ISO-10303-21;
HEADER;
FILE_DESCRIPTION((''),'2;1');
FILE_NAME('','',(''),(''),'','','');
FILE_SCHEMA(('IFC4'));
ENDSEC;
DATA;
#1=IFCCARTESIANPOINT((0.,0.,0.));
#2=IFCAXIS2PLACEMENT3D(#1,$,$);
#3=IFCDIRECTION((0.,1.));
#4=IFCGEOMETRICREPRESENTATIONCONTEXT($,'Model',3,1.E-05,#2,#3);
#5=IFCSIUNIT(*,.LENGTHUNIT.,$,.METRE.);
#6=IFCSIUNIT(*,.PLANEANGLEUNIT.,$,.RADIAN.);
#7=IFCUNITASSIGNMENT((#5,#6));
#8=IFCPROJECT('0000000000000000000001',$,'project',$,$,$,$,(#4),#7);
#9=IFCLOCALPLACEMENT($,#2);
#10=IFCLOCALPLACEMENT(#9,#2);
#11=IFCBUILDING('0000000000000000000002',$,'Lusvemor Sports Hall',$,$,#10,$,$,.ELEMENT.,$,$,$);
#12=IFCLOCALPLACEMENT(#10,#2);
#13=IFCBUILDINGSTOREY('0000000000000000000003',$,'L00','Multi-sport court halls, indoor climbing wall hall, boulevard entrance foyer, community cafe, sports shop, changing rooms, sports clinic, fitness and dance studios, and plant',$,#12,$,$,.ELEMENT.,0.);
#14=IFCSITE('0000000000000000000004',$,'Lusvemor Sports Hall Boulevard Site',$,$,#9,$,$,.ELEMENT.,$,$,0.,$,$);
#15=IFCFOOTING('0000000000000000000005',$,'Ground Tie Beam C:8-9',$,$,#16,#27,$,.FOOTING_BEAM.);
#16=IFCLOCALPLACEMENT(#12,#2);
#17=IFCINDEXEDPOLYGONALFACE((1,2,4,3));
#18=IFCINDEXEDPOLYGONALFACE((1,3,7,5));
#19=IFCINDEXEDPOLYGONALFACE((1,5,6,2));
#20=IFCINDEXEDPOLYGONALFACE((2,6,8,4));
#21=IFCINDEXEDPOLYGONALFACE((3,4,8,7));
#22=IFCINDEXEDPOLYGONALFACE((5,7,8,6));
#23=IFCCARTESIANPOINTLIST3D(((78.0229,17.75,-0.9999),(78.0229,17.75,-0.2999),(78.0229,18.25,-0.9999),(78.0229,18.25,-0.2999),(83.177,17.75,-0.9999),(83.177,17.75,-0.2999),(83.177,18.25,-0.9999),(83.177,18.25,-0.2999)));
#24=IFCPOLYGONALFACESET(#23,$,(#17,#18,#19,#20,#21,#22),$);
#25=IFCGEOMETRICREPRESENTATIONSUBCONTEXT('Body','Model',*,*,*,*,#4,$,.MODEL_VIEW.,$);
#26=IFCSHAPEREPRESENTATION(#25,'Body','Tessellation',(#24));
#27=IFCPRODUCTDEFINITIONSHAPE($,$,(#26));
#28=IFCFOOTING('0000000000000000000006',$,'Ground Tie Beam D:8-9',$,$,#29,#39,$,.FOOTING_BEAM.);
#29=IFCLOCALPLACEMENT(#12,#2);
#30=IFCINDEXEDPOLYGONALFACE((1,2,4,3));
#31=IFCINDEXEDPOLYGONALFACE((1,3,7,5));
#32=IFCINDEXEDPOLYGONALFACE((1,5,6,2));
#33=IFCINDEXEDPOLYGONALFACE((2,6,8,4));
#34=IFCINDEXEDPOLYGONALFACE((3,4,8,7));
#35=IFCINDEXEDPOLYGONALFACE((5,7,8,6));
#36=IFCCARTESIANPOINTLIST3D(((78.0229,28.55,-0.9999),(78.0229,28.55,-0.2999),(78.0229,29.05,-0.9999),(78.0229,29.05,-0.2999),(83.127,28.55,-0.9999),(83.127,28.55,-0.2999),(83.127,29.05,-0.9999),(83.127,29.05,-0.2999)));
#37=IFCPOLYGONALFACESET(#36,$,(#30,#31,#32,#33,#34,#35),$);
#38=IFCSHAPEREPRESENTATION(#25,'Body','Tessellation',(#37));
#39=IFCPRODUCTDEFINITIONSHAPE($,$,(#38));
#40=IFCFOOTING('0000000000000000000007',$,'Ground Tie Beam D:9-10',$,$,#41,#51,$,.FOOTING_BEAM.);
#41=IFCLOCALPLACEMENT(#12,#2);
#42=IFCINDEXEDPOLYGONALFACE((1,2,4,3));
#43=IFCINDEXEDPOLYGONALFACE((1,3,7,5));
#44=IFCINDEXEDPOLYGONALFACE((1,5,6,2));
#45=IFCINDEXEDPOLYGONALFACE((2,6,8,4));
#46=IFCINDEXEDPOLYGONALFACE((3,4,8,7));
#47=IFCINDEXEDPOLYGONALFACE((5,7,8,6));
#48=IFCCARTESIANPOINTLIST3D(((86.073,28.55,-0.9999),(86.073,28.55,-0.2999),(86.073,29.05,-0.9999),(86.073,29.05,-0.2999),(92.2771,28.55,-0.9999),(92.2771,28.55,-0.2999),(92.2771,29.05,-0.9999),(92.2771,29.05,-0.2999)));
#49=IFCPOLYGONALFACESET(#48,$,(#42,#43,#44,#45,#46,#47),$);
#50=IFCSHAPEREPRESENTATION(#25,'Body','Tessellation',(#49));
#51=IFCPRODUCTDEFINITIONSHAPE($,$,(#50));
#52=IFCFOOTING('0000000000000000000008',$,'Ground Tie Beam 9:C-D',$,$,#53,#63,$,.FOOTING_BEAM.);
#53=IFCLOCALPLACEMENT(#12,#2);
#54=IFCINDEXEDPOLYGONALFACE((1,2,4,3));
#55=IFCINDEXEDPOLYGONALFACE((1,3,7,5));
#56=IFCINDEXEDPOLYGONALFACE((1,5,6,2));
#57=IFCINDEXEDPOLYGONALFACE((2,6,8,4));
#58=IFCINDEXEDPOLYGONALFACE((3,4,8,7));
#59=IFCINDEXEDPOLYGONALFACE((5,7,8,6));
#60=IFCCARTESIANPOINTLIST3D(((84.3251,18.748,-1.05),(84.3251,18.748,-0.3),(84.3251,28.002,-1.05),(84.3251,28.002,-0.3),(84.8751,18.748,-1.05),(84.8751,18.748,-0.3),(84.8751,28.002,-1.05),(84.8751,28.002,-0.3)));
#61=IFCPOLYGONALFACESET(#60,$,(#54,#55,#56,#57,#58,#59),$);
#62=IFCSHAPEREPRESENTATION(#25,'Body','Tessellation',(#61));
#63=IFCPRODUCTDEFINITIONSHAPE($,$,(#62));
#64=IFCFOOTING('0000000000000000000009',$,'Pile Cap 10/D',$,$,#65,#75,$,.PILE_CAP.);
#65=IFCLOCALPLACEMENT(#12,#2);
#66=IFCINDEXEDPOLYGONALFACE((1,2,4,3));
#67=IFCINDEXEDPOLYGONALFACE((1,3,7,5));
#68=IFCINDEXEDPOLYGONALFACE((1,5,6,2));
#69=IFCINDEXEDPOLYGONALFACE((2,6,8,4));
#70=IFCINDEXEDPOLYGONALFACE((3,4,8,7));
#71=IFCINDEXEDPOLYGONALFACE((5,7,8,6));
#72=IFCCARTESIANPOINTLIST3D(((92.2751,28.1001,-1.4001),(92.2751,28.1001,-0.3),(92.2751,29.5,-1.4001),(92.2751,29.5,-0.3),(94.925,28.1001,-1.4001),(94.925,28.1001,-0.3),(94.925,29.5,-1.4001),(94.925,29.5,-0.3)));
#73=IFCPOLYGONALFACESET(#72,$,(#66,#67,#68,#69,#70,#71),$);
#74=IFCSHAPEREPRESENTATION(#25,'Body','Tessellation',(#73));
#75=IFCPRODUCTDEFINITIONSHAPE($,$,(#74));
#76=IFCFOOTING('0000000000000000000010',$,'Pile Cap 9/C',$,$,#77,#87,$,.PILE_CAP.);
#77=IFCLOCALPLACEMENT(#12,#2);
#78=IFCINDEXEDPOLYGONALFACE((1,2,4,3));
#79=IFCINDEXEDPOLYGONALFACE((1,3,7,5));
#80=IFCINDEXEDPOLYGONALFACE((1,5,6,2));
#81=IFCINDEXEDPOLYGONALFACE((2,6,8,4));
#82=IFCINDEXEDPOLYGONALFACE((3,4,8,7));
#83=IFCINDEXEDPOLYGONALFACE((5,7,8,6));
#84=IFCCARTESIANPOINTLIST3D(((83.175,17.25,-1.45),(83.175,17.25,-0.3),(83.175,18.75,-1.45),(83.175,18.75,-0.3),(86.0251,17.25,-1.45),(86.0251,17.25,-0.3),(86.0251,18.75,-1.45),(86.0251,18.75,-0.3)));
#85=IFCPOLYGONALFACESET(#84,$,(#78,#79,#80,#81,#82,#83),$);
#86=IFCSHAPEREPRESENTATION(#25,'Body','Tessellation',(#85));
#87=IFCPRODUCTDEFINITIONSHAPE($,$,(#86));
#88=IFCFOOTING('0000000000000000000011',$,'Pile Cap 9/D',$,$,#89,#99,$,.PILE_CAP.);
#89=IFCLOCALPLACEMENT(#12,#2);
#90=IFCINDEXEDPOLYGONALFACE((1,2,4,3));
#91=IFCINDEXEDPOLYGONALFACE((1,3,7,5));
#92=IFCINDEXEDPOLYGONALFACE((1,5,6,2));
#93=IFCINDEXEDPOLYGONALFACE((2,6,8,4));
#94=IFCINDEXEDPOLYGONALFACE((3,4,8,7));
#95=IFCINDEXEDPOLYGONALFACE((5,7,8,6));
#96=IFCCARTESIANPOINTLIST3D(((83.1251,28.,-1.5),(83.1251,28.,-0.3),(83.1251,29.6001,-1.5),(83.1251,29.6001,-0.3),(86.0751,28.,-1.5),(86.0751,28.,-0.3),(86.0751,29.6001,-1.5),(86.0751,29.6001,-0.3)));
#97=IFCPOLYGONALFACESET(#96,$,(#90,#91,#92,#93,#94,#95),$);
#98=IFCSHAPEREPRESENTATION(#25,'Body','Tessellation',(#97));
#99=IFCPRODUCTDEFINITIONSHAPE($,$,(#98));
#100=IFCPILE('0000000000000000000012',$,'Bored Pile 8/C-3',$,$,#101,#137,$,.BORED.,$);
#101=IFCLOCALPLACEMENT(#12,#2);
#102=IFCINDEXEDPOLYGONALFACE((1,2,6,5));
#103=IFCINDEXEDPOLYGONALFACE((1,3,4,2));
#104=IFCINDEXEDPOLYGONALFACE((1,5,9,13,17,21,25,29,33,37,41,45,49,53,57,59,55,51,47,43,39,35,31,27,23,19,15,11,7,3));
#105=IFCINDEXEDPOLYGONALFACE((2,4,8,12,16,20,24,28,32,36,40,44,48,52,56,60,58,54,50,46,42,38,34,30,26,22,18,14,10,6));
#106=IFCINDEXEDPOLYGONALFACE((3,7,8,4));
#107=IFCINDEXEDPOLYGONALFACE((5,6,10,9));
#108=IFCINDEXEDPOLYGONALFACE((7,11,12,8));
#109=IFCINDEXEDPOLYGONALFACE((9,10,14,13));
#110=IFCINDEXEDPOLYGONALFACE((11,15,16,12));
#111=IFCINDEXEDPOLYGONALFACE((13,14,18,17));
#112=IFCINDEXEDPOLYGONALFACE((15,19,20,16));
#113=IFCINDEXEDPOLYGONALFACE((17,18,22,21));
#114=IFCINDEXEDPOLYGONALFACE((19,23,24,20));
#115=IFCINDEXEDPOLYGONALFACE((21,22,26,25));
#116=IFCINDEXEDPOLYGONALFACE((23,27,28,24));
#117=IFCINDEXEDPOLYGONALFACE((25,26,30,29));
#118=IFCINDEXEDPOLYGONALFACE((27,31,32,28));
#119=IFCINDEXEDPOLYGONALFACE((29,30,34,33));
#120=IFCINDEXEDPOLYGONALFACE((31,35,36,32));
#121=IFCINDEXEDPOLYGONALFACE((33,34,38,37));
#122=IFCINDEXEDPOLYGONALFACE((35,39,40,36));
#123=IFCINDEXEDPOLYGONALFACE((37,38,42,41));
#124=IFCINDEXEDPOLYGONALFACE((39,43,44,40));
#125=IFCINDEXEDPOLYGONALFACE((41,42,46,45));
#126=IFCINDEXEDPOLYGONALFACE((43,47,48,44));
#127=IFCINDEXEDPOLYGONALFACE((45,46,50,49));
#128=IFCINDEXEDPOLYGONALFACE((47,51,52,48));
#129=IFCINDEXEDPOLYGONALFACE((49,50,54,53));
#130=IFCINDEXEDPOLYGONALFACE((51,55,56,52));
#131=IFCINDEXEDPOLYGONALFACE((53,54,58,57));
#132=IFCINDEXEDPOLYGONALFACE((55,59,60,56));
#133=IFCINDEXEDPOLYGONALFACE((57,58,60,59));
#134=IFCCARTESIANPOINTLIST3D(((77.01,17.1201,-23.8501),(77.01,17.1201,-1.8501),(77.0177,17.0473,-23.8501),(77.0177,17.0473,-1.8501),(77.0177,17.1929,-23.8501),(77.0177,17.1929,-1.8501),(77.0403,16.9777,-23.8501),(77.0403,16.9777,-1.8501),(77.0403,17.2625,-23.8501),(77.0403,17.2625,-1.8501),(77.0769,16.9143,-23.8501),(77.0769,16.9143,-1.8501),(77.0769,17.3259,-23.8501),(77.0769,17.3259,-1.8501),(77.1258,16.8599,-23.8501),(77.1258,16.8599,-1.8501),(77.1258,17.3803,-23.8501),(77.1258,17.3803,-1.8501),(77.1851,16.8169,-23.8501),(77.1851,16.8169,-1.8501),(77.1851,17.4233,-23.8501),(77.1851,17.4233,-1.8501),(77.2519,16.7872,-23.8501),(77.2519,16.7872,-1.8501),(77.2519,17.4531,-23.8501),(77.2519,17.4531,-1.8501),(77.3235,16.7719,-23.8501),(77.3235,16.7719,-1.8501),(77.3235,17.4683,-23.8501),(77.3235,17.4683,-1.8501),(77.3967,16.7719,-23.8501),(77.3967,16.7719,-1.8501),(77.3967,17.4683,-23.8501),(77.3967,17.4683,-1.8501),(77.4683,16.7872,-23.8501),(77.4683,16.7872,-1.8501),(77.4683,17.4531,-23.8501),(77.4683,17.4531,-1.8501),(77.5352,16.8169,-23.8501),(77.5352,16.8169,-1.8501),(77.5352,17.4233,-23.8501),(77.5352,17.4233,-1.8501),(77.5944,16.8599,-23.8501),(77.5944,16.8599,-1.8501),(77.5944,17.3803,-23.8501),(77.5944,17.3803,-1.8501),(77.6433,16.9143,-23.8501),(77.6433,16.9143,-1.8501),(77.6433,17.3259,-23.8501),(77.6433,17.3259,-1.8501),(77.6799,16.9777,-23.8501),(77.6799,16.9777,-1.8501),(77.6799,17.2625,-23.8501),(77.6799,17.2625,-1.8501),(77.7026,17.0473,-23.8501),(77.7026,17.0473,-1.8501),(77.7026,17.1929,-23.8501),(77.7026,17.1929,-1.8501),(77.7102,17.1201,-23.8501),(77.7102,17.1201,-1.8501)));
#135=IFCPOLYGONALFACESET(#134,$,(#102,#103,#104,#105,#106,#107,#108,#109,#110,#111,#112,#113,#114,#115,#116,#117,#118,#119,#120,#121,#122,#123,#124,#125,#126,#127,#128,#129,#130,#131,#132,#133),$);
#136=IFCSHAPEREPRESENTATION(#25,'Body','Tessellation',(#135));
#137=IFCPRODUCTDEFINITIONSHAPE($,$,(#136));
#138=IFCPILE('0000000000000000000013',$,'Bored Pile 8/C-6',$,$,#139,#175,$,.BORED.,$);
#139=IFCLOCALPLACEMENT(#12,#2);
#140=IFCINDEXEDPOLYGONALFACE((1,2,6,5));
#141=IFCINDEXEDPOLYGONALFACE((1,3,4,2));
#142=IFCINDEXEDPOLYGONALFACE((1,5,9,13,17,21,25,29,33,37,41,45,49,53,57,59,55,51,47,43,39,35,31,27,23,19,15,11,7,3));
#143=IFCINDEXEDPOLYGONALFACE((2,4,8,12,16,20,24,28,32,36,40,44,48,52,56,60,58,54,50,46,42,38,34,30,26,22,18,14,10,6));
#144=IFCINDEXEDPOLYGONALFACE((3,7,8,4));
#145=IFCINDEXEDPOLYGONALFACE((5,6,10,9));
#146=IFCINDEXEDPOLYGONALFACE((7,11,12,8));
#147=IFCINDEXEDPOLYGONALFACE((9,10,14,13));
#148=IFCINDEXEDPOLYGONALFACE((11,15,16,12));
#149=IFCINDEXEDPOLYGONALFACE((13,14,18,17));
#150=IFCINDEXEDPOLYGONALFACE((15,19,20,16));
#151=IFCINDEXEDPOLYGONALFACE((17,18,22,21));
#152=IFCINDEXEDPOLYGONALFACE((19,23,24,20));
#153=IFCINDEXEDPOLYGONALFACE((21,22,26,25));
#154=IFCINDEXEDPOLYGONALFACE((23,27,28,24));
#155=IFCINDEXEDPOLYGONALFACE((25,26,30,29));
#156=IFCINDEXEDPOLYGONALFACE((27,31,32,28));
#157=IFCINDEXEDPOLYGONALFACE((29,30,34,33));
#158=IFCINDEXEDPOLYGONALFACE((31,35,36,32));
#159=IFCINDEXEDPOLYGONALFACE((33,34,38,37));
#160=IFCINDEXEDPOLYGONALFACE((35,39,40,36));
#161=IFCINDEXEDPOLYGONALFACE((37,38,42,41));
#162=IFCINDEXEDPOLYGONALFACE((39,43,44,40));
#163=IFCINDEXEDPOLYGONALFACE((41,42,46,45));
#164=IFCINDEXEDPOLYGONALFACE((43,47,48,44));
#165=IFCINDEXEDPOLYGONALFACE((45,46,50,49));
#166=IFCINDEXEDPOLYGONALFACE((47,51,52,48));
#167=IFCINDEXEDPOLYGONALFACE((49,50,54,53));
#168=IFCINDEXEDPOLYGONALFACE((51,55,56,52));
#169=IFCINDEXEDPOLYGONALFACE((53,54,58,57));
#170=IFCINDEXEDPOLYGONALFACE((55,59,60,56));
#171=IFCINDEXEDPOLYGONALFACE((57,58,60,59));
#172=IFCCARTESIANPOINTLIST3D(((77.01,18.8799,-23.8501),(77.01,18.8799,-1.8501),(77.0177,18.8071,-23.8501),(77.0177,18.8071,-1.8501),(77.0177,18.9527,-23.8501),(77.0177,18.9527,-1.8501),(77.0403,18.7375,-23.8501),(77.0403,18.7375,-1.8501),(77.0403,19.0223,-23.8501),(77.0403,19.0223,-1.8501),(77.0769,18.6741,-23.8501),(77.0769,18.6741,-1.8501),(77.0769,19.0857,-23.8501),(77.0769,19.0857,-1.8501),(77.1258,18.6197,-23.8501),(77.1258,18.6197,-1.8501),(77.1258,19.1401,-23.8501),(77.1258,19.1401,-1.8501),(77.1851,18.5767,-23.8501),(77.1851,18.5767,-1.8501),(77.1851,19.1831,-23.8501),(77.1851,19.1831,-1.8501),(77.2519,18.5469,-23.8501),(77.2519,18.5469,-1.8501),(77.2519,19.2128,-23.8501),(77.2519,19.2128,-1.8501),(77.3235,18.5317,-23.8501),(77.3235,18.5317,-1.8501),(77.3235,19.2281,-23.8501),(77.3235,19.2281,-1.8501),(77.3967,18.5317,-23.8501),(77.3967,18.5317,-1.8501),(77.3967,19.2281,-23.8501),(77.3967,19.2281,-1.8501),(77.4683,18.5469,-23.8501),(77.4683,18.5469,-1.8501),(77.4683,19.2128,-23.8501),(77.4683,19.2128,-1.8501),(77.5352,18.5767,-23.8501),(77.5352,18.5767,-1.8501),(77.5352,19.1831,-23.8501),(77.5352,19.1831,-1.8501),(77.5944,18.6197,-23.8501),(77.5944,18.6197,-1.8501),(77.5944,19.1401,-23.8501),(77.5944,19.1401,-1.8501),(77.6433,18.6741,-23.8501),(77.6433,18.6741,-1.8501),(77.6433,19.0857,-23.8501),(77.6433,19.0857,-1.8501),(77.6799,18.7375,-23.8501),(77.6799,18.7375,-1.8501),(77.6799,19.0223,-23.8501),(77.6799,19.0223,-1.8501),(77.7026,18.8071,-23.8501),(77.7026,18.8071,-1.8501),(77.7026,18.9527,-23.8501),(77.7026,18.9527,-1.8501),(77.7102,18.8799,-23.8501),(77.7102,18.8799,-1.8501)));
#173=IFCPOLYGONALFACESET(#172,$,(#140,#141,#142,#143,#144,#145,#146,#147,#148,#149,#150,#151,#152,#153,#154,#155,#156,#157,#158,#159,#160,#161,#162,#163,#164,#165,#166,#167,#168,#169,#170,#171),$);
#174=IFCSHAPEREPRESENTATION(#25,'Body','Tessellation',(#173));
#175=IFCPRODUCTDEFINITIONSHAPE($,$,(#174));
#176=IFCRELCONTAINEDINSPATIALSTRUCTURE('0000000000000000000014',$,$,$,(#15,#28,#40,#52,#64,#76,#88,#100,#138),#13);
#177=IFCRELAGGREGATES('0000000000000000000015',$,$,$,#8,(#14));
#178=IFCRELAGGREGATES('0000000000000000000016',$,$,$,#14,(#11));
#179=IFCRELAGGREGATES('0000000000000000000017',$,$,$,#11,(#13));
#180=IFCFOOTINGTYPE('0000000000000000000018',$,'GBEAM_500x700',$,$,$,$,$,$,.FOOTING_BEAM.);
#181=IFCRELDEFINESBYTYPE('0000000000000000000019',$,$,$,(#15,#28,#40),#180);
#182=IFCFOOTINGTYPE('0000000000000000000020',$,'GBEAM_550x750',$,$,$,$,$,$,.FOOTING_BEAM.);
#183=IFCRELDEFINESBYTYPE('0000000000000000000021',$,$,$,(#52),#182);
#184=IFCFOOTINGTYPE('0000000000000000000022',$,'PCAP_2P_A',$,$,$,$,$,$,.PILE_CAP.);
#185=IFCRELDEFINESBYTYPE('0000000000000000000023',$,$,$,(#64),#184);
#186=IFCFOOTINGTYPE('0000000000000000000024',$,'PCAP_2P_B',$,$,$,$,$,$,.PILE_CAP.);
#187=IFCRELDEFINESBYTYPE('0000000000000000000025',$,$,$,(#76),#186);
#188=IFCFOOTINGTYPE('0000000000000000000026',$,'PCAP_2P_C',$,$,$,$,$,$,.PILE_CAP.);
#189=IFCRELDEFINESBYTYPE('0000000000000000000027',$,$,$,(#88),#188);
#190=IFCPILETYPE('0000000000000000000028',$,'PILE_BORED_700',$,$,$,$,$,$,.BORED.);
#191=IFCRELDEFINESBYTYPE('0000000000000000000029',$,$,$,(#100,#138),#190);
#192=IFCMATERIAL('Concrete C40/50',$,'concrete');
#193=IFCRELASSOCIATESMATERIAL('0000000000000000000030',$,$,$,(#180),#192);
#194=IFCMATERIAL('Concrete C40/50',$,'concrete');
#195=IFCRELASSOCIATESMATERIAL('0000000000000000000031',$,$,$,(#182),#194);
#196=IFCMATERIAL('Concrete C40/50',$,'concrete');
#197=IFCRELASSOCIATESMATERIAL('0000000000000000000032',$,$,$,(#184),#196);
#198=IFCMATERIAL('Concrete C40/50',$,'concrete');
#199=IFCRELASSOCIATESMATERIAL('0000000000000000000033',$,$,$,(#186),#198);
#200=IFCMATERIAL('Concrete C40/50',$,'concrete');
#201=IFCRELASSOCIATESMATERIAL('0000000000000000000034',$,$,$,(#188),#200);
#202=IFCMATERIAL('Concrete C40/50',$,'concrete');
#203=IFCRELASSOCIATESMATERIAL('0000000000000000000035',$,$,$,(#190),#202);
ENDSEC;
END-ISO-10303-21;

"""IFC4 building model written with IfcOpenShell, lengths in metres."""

from ifc_helpers import new_model, si_unit, direction, frame, origin, origin_2d, place, context, subcontext, project, spatial, rectangle, circle, extrude, material, material_profile, profile_set, type_object, element, save


model = new_model("IFC4")

# Units and contexts
model_context = context("Model", 3, precision=1e-05, world=origin(), true_north=direction((0.0, 1.0)))
body_context = subcontext(model_context, "Body", "Model", "MODEL_VIEW")
ifc_project = project(units=[si_unit("LENGTHUNIT", "METRE"), si_unit("PLANEANGLEUNIT", "RADIAN")], contexts=[model_context])

# Site, building, storey
site_placement = place(None, origin())
site = spatial("IfcSite", under=ifc_project, at=site_placement, Name="Lusvemor Sports Hall Boulevard Site", CompositionType="ELEMENT", RefElevation=0.0)
building_placement = place(site_placement, origin())
building = spatial("IfcBuilding", under=site, at=building_placement, Name="Lusvemor Sports Hall", CompositionType="ELEMENT")
storey_placement = place(building_placement, origin())
storey = spatial("IfcBuildingStorey", under=building, at=storey_placement, Name="L00", Description="Multi-sport court halls, indoor climbing wall hall, boulevard entrance foyer, community cafe, sports shop, changing rooms, sports clinic, fitness and dance studios, and plant", CompositionType="ELEMENT", Elevation=0.0)

# Footings
ifc_material_1 = material(Name="Concrete C40/50", Category="concrete")
ifc_material_profile_1 = material_profile(ifc_material_1, rectangle(XDim=0.5, YDim=0.7, at=origin_2d()), Name="GB_500x700")
ifc_profile_set_1 = profile_set([ifc_material_profile_1], Name="Concrete C40/50")
footing_type_1 = type_object("IfcFootingType", Name="GBEAM_500x700", PredefinedType="FOOTING_BEAM", material=ifc_profile_set_1)
footing_1_placement = place(storey_placement, frame((78.0229, 18.0, -0.6499), z_axis=(1.0, 0.0, 0.0), x_axis=(0.0, 1.0, 0.0)))
element("IfcFooting", 1, at=footing_1_placement, inside=storey, type_object=footing_type_1, Name="Ground Tie Beam C:8-9", PredefinedType="FOOTING_BEAM", context=body_context, shape_type="SweptSolid", body=[
    extrude(rectangle(XDim=0.5, YDim=0.7, at=origin_2d()), origin(), (0.0, 0.0, 1.0), 5.1541),
])
footing_2_placement = place(storey_placement, frame((78.0229, 28.8, -0.6499), z_axis=(1.0, 0.0, 0.0), x_axis=(0.0, 1.0, 0.0)))
element("IfcFooting", 2, at=footing_2_placement, inside=storey, type_object=footing_type_1, Name="Ground Tie Beam D:8-9", PredefinedType="FOOTING_BEAM", context=body_context, shape_type="SweptSolid", body=[
    extrude(rectangle(XDim=0.5, YDim=0.7, at=origin_2d()), origin(), (0.0, 0.0, 1.0), 5.104),
])
footing_3_placement = place(storey_placement, frame((86.073, 28.8, -0.6499), z_axis=(1.0, 0.0, 0.0), x_axis=(0.0, 1.0, 0.0)))
element("IfcFooting", 3, at=footing_3_placement, inside=storey, type_object=footing_type_1, Name="Ground Tie Beam D:9-10", PredefinedType="FOOTING_BEAM", context=body_context, shape_type="SweptSolid", body=[
    extrude(rectangle(XDim=0.5, YDim=0.7, at=origin_2d()), origin(), (0.0, 0.0, 1.0), 6.2041),
])
ifc_material_2 = material(Name="Concrete C40/50", Category="concrete")
ifc_material_profile_2 = material_profile(ifc_material_2, rectangle(XDim=0.55, YDim=0.75, at=origin_2d()), Name="GB_550x750")
ifc_profile_set_2 = profile_set([ifc_material_profile_2], Name="Concrete C40/50")
footing_type_2 = type_object("IfcFootingType", Name="GBEAM_550x750", PredefinedType="FOOTING_BEAM", material=ifc_profile_set_2)
footing_4_placement = place(storey_placement, frame((84.6001, 18.748, -0.675), z_axis=(0.0, 1.0, 0.0), x_axis=(-1.0, 0.0, 0.0)))
element("IfcFooting", 4, at=footing_4_placement, inside=storey, type_object=footing_type_2, Name="Ground Tie Beam 9:C-D", PredefinedType="FOOTING_BEAM", context=body_context, shape_type="SweptSolid", body=[
    extrude(rectangle(XDim=0.55, YDim=0.75, at=origin_2d()), origin(), (0.0, 0.0, 1.0), 9.2539),
])
ifc_material_3 = material(Name="Concrete C40/50", Category="concrete")
footing_type_3 = type_object("IfcFootingType", Name="PCAP_2P_A", PredefinedType="PILE_CAP", material=ifc_material_3)
footing_5_placement = place(storey_placement, frame((93.6001, 28.8, -1.4001), z_axis=(0.0, 0.0, 1.0), x_axis=(1.0, 0.0, 0.0)))
element("IfcFooting", 5, at=footing_5_placement, inside=storey, type_object=footing_type_3, Name="Pile Cap 10/D", PredefinedType="PILE_CAP", context=body_context, shape_type="SweptSolid", body=[
    extrude(rectangle(XDim=2.6499, YDim=1.3999, at=origin_2d()), origin(), (0.0, 0.0, 1.0), 1.1001),
])
ifc_material_4 = material(Name="Concrete C40/50", Category="concrete")
footing_type_4 = type_object("IfcFootingType", Name="PCAP_2P_B", PredefinedType="PILE_CAP", material=ifc_material_4)
footing_6_placement = place(storey_placement, frame((84.6001, 18.0, -1.45), z_axis=(0.0, 0.0, 1.0), x_axis=(1.0, 0.0, 0.0)))
element("IfcFooting", 6, at=footing_6_placement, inside=storey, type_object=footing_type_4, Name="Pile Cap 9/C", PredefinedType="PILE_CAP", context=body_context, shape_type="SweptSolid", body=[
    extrude(rectangle(XDim=2.8501, YDim=1.5, at=origin_2d()), origin(), (0.0, 0.0, 1.0), 1.1499),
])
ifc_material_5 = material(Name="Concrete C40/50", Category="concrete")
footing_type_5 = type_object("IfcFootingType", Name="PCAP_2P_C", PredefinedType="PILE_CAP", material=ifc_material_5)
footing_7_placement = place(storey_placement, frame((84.6001, 28.8, -1.5), z_axis=(0.0, 0.0, 1.0), x_axis=(1.0, 0.0, 0.0)))
element("IfcFooting", 7, at=footing_7_placement, inside=storey, type_object=footing_type_5, Name="Pile Cap 9/D", PredefinedType="PILE_CAP", context=body_context, shape_type="SweptSolid", body=[
    extrude(rectangle(XDim=2.95, YDim=1.6001, at=origin_2d()), origin(), (0.0, 0.0, 1.0), 1.2),
])

# Piles
ifc_material_6 = material(Name="Concrete C40/50", Category="concrete")
ifc_material_profile_3 = material_profile(ifc_material_6, circle(Radius=0.3501, at=origin_2d()), Name="PILE700")
ifc_profile_set_3 = profile_set([ifc_material_profile_3], Name="Concrete C40/50")
pile_type = type_object("IfcPileType", Name="PILE_BORED_700", PredefinedType="BORED", material=ifc_profile_set_3)
for number, where, z_axis, x_axis, name in (
    (8, (77.3601, 17.1201, -1.8501), (0.0, 0.0, -1.0), (1.0, 0.0, 0.0), "Bored Pile 8/C-3"),
    (9, (77.3601, 18.8799, -1.8501), (0.0, 0.0, -1.0), (1.0, 0.0, 0.0), "Bored Pile 8/C-6"),
):
    element("IfcPile", number, at=place(storey_placement, frame(where, z_axis=z_axis, x_axis=x_axis)), inside=storey, type_object=pile_type, Name=name, PredefinedType="BORED", context=body_context, shape_type="SweptSolid", body=[
        extrude(circle(Radius=0.3501, at=origin_2d()), origin(), (0.0, 0.0, 1.0), 22.0),
    ])

save(model, "model.ifc")
